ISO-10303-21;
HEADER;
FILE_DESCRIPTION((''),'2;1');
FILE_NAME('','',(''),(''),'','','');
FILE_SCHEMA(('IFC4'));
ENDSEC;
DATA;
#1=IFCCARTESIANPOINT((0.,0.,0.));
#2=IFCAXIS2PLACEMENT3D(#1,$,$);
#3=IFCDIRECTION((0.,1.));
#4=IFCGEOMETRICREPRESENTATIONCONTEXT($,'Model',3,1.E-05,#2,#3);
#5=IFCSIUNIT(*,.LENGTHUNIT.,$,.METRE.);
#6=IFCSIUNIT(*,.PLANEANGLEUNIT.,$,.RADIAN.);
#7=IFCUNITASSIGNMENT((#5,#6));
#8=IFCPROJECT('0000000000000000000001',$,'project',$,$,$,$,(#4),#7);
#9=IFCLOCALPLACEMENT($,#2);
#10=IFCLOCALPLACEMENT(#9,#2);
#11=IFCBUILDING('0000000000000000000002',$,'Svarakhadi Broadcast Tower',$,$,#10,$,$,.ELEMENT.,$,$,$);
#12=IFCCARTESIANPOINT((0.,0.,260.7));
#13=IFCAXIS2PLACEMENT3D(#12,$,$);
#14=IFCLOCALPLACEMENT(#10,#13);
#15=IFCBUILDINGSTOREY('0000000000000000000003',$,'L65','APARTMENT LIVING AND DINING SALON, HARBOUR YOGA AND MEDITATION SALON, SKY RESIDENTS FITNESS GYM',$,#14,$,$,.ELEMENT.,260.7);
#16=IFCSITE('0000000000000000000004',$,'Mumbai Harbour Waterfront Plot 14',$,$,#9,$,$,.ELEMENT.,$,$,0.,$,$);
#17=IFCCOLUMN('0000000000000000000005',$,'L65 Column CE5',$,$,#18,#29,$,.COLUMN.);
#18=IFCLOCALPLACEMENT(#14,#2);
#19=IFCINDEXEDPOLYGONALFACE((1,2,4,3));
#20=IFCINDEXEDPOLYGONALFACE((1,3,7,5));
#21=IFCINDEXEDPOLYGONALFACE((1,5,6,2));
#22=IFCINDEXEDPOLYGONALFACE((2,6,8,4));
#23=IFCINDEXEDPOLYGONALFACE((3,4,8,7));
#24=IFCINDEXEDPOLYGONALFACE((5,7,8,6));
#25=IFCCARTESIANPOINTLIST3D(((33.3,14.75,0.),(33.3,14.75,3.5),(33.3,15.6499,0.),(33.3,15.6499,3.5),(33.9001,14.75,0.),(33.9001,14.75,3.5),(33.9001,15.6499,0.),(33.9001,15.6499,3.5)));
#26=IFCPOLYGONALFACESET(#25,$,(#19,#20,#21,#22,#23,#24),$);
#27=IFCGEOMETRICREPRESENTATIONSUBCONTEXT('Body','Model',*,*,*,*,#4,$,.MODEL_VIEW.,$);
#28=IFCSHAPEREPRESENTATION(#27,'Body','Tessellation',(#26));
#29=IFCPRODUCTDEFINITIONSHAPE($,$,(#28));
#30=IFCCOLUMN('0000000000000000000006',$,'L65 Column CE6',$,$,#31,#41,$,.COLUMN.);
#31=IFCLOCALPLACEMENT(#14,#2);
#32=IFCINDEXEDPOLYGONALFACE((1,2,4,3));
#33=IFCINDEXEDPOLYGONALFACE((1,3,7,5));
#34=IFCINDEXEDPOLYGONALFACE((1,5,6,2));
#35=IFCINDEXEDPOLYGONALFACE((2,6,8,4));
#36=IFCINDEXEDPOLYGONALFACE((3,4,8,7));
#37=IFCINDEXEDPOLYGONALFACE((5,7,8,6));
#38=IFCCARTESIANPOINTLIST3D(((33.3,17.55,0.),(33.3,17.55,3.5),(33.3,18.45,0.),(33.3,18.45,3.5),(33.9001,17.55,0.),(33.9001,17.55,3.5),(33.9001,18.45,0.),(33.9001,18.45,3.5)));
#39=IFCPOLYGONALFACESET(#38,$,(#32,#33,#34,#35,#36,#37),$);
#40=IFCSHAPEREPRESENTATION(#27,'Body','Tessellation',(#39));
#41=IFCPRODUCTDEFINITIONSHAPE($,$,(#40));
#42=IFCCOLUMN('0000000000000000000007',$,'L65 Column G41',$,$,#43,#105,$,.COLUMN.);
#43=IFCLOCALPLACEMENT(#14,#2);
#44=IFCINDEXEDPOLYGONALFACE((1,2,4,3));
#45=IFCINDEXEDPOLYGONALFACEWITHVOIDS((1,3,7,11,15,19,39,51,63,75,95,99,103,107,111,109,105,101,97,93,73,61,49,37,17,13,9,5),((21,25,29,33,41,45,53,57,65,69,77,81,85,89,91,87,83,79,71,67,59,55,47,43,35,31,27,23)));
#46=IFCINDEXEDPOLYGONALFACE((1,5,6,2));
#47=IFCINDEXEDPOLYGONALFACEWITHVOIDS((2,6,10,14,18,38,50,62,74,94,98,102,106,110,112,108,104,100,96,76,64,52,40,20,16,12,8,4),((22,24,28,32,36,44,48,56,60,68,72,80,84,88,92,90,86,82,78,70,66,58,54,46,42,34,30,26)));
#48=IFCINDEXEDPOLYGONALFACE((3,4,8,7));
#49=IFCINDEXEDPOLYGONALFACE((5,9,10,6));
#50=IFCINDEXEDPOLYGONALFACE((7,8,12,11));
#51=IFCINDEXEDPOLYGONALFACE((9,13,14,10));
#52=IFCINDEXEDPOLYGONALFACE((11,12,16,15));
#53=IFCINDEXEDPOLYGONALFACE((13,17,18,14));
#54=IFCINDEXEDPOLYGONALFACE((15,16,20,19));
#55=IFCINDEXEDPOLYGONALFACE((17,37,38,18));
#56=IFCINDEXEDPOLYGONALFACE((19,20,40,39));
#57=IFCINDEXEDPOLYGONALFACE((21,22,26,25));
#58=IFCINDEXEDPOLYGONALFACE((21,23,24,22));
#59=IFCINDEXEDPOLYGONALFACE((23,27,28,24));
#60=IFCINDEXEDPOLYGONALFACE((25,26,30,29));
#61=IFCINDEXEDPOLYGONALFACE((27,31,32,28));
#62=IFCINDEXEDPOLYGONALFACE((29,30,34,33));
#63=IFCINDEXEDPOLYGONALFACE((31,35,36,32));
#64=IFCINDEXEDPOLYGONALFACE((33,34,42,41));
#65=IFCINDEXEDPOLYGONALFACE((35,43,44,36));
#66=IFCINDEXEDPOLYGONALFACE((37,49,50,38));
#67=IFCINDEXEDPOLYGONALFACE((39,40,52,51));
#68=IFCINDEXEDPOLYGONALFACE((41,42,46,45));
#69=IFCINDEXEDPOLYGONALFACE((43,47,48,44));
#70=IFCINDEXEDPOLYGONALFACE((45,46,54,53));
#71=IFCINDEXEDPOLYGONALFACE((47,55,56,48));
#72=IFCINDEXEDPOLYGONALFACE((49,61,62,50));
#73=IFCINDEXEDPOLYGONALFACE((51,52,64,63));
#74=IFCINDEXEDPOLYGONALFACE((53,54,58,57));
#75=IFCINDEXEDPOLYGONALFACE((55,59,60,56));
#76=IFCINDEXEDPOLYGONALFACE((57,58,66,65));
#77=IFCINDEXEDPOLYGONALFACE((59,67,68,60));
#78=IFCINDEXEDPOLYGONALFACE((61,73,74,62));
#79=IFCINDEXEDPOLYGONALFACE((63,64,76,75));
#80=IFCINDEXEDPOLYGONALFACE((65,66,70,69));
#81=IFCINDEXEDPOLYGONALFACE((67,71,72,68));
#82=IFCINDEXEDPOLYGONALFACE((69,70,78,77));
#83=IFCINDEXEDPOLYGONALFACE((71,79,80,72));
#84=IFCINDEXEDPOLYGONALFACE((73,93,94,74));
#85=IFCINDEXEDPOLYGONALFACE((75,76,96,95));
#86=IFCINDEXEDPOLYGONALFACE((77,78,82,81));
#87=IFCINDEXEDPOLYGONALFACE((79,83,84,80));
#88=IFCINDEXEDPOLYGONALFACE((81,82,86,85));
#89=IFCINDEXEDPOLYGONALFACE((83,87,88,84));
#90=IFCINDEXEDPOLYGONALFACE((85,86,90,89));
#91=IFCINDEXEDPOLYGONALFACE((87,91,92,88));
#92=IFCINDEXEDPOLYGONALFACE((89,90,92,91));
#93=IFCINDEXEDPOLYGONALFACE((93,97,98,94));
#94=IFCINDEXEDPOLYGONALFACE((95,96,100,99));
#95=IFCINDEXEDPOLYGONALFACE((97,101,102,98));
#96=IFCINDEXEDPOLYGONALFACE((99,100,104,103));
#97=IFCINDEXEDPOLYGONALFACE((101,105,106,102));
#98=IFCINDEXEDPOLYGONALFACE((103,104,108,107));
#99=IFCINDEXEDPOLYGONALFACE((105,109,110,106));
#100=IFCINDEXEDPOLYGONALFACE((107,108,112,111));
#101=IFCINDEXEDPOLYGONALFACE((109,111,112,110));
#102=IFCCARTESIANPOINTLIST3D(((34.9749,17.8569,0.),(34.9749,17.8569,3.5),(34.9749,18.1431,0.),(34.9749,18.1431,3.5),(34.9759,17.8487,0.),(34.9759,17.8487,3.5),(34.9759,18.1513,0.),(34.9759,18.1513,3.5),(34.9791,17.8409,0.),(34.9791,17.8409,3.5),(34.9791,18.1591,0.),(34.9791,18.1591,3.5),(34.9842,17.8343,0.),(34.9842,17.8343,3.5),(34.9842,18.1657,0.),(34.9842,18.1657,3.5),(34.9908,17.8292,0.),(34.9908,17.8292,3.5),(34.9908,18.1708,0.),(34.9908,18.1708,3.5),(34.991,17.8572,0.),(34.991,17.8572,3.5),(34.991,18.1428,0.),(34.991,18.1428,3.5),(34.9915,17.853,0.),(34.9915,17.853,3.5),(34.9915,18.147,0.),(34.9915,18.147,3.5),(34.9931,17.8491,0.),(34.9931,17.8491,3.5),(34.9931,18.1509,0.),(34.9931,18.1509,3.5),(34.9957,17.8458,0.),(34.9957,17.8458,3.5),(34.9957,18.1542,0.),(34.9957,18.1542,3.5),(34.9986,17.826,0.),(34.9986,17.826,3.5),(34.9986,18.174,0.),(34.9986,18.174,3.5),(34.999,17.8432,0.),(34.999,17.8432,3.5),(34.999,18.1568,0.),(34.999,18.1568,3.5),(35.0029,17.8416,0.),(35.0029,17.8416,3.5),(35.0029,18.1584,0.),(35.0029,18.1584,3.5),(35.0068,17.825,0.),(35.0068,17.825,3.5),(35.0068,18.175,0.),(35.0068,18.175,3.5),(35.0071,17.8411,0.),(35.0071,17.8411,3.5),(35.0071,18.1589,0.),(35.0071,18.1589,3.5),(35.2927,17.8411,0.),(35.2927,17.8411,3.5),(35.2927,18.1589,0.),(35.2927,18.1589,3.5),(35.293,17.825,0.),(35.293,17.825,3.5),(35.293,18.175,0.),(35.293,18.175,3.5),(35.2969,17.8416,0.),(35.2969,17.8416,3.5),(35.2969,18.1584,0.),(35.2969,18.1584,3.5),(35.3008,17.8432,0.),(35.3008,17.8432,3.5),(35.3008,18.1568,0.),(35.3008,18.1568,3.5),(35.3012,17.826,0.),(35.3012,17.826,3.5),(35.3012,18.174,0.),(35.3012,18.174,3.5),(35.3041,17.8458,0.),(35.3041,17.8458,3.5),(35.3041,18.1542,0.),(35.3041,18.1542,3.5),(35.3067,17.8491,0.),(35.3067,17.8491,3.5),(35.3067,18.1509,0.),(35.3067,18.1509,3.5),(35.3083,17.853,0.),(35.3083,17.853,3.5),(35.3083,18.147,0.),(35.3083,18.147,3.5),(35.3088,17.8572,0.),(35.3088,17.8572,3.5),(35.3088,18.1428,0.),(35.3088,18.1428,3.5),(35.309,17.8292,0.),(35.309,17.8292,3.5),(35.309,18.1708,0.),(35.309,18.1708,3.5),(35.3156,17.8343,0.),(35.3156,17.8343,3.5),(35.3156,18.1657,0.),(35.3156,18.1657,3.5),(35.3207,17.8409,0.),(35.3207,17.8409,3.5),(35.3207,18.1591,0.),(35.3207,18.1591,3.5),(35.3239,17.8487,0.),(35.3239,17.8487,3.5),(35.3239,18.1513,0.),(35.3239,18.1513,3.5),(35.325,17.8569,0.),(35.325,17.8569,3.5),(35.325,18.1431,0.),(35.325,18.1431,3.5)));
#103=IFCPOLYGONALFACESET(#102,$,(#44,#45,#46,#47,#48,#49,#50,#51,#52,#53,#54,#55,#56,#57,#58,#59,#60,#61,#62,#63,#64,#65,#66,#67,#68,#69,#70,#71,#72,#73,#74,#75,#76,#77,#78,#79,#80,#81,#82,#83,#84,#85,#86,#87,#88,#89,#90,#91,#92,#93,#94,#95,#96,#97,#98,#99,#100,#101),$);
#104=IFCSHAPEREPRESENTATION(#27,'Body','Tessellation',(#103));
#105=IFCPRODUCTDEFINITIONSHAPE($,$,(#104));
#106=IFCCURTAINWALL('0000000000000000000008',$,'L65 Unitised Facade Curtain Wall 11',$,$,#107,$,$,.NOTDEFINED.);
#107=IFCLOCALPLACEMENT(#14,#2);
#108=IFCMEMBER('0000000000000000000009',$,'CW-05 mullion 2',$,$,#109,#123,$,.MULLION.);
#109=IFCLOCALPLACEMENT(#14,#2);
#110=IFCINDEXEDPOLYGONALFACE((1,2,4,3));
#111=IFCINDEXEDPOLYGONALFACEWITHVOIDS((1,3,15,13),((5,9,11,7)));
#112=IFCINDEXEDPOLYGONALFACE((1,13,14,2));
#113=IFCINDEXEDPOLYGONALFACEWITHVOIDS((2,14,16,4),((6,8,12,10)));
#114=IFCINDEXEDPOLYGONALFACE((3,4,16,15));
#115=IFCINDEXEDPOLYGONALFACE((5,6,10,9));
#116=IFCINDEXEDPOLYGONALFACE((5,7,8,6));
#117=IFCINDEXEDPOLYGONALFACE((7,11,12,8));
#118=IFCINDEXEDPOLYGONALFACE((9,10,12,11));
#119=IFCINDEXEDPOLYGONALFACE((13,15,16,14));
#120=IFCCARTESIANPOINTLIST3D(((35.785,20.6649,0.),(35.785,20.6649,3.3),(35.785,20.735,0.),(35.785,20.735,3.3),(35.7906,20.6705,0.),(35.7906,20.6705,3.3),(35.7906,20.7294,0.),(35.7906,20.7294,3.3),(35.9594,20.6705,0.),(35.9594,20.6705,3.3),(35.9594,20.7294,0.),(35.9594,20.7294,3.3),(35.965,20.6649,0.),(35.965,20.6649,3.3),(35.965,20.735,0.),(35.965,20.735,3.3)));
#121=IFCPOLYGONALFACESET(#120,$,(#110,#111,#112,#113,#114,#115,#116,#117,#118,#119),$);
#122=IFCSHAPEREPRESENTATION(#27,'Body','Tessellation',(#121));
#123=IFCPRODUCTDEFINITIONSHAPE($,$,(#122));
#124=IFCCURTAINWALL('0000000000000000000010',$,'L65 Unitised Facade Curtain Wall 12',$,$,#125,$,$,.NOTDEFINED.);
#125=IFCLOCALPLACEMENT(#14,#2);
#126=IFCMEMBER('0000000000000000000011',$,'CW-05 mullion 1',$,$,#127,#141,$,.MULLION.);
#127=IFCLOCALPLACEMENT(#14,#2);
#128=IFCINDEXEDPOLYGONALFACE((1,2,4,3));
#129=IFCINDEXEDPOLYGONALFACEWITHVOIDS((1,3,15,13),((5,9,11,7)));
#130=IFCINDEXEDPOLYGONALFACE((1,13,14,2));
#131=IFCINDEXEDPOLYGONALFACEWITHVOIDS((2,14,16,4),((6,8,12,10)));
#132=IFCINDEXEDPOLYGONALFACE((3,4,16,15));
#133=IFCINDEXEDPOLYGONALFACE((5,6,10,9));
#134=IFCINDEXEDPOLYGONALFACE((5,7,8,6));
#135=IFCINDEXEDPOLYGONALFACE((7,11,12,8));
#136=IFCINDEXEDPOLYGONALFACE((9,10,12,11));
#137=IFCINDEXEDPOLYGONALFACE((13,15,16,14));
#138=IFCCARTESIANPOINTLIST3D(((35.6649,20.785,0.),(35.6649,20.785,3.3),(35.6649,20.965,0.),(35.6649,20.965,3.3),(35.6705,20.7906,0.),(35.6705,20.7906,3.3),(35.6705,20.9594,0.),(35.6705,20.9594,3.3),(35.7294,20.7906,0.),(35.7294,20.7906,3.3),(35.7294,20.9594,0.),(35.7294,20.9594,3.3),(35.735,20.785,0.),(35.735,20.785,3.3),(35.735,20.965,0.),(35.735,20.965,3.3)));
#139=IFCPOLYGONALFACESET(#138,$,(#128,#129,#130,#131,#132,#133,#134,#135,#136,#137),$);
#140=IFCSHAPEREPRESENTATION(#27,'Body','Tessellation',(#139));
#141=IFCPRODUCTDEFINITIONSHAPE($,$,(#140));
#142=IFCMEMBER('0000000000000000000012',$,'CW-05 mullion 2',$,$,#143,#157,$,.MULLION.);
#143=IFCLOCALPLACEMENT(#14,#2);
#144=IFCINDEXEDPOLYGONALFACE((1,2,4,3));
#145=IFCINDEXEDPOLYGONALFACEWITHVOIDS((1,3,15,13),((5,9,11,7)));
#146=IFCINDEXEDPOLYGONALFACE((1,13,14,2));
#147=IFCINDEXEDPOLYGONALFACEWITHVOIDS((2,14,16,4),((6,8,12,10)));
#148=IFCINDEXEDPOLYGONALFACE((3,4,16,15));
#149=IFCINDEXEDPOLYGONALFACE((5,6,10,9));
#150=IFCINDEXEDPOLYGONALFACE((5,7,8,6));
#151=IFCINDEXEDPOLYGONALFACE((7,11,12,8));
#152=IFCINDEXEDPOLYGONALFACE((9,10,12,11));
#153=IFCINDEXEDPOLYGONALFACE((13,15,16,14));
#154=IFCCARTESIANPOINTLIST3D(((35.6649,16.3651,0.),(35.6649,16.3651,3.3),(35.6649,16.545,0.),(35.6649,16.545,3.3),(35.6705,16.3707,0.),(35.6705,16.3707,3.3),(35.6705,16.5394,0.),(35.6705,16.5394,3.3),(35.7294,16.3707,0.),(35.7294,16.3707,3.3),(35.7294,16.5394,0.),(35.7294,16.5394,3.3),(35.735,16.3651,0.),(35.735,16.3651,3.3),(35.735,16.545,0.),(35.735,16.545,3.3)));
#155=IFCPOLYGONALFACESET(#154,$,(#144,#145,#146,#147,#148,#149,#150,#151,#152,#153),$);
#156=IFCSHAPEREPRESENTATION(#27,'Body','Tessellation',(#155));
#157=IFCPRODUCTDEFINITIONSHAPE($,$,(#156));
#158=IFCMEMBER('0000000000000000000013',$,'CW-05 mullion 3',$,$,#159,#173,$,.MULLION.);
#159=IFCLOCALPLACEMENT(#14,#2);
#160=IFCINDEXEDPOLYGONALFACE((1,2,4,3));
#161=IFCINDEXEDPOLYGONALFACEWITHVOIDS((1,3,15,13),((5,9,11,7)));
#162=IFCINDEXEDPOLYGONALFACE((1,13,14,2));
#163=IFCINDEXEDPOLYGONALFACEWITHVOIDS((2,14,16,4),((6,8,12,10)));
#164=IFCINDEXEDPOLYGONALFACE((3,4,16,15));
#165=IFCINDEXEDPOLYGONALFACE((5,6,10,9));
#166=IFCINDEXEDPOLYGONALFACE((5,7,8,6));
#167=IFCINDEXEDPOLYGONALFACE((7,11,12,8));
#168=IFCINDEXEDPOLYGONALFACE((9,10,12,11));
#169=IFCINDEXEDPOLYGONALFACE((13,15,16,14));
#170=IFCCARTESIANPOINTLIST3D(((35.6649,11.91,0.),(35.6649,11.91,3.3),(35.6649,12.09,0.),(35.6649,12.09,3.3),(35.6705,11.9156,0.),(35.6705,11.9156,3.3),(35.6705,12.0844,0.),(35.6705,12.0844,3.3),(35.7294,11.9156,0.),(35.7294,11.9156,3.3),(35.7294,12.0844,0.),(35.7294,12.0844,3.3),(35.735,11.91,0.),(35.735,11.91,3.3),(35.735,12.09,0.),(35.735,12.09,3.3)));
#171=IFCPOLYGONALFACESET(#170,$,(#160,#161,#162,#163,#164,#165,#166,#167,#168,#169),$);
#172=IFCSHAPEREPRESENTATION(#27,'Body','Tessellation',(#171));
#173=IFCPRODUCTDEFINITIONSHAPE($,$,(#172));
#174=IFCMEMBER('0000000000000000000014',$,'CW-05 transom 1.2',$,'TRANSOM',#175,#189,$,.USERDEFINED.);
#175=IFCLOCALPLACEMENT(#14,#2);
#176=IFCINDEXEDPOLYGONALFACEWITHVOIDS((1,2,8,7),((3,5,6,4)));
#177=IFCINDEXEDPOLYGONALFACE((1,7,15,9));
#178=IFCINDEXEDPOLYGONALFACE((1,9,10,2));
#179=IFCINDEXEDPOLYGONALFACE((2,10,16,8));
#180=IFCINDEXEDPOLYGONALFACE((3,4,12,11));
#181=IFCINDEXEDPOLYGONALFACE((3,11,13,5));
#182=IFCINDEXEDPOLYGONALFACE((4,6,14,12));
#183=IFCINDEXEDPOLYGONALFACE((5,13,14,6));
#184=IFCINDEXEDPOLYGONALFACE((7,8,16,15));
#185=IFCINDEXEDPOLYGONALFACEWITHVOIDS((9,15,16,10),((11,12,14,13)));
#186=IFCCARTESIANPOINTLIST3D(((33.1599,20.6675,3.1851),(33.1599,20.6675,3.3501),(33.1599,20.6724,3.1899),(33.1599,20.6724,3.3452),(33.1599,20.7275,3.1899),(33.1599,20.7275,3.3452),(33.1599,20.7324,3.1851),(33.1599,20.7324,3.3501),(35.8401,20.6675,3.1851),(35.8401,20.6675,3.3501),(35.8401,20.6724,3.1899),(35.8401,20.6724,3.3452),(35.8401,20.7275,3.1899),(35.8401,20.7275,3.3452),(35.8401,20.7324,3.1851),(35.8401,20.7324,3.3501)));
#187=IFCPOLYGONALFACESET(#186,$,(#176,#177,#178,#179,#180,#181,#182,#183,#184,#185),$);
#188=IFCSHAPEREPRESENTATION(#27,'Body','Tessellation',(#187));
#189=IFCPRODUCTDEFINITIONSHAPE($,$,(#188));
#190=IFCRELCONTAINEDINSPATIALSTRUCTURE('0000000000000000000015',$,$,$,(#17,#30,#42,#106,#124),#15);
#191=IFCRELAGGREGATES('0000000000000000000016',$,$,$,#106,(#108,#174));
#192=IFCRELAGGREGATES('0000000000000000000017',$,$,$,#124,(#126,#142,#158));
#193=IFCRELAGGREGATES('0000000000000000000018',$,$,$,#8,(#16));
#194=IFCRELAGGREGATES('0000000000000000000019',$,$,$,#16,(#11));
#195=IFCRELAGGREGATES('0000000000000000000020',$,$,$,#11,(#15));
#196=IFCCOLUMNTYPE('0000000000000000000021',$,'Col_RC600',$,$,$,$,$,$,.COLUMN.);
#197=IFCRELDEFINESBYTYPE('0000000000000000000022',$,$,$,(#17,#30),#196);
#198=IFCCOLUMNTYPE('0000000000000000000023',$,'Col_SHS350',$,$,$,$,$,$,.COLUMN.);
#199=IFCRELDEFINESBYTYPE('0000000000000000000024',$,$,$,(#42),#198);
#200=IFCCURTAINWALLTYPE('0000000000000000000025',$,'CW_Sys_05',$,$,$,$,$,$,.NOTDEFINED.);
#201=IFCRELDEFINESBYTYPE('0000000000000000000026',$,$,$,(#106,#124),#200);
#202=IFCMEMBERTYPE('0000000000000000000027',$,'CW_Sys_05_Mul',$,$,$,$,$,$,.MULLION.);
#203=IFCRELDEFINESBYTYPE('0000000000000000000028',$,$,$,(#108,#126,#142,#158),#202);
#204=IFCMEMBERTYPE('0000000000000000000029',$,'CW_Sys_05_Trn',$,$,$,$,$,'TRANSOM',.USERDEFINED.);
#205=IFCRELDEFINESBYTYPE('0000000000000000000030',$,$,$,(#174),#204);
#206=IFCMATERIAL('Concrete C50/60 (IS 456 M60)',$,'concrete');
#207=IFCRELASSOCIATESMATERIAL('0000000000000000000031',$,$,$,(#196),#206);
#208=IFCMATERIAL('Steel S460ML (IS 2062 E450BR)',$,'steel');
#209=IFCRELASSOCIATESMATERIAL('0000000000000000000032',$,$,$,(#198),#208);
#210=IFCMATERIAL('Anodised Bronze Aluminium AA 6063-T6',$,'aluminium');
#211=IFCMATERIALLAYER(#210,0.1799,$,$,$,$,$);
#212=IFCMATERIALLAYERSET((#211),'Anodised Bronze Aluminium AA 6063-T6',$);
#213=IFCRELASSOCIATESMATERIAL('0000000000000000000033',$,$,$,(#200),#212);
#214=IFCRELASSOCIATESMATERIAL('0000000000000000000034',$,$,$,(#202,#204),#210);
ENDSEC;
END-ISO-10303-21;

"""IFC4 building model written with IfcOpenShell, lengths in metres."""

from ifc_helpers import new_model, si_unit, direction, frame, origin, origin_2d, place, context, subcontext, project, spatial, rectangle, hollow_rectangle, extrude, material, layer, layer_set, material_profile, profile_set, type_object, element, aggregate, save


model = new_model("IFC4")

# Units and contexts
model_context = context("Model", 3, precision=1e-05, world=origin(), true_north=direction((0.0, 1.0)))
body_context = subcontext(model_context, "Body", "Model", "MODEL_VIEW")
ifc_project = project(units=[si_unit("LENGTHUNIT", "METRE"), si_unit("PLANEANGLEUNIT", "RADIAN")], contexts=[model_context])

# Site, building, storey
site_placement = place(None, origin())
site = spatial("IfcSite", under=ifc_project, at=site_placement, Name="Mumbai Harbour Waterfront Plot 14", CompositionType="ELEMENT", RefElevation=0.0)
building_placement = place(site_placement, origin())
building = spatial("IfcBuilding", under=site, at=building_placement, Name="Svarakhadi Broadcast Tower", CompositionType="ELEMENT")
storey_placement = place(building_placement, frame((0.0, 0.0, 260.7)))
storey = spatial("IfcBuildingStorey", under=building, at=storey_placement, Name="L65", Description="APARTMENT LIVING AND DINING SALON, HARBOUR YOGA AND MEDITATION SALON, SKY RESIDENTS FITNESS GYM", CompositionType="ELEMENT", Elevation=260.7)

# Columns
ifc_material_1 = material(Name="Concrete C50/60 (IS 456 M60)", Category="concrete")
ifc_material_profile_1 = material_profile(ifc_material_1, rectangle(XDim=0.6001, YDim=0.8999, at=origin_2d()), Name="RC 600x900")
ifc_profile_set_1 = profile_set([ifc_material_profile_1], Name="Concrete C50/60 (IS 456 M60)")
column_type_1 = type_object("IfcColumnType", Name="Col_RC600", PredefinedType="COLUMN", material=ifc_profile_set_1)
for number, where, z_axis, x_axis, name in (
    (1, (33.6001, 15.2, 0.0), (0.0, 0.0, 1.0), (1.0, 0.0, 0.0), "L65 Column CE5"),
    (2, (33.6001, 18.0, 0.0), (0.0, 0.0, 1.0), (1.0, 0.0, 0.0), "L65 Column CE6"),
):
    element("IfcColumn", number, at=place(storey_placement, frame(where, z_axis=z_axis, x_axis=x_axis)), inside=storey, type_object=column_type_1, Name=name, PredefinedType="COLUMN", context=body_context, shape_type="SweptSolid", body=[
        extrude(rectangle(XDim=0.6001, YDim=0.8999, at=origin_2d()), origin(), (0.0, 0.0, 1.0), 3.5),
    ])
ifc_material_2 = material(Name="Steel S460ML (IS 2062 E450BR)", Category="steel")
ifc_material_profile_2 = material_profile(ifc_material_2, hollow_rectangle(XDim=0.3501, YDim=0.3501, WallThickness=0.0161, InnerFilletRadius=0.0161, OuterFilletRadius=0.032, at=origin_2d()), Name="SHS 350x350x16")
ifc_profile_set_2 = profile_set([ifc_material_profile_2], Name="Steel S460ML (IS 2062 E450BR)")
column_type_2 = type_object("IfcColumnType", Name="Col_SHS350", PredefinedType="COLUMN", material=ifc_profile_set_2)
column_placement = place(storey_placement, frame((35.1499, 18.0, 0.0), z_axis=(0.0, 0.0, 1.0), x_axis=(1.0, 0.0, 0.0)))
element("IfcColumn", 3, at=column_placement, inside=storey, type_object=column_type_2, Name="L65 Column G41", PredefinedType="COLUMN", context=body_context, shape_type="SweptSolid", body=[
    extrude(hollow_rectangle(XDim=0.3501, YDim=0.3501, WallThickness=0.0161, InnerFilletRadius=0.0161, OuterFilletRadius=0.032, at=origin_2d()), origin(), (0.0, 0.0, 1.0), 3.5),
])

# Curtain wall, member
ifc_material_3 = material(Name="Anodised Bronze Aluminium AA 6063-T6", Category="aluminium")
ifc_layer_1 = layer(ifc_material_3, 0.1799)
ifc_layer_set_1 = layer_set([ifc_layer_1], Name="Anodised Bronze Aluminium AA 6063-T6")
curtain_wall_type = type_object("IfcCurtainWallType", Name="CW_Sys_05", PredefinedType="NOTDEFINED", material=ifc_layer_set_1)
curtain_wall_1_placement = place(storey_placement, origin())
curtain_wall_1 = element("IfcCurtainWall", 4, at=curtain_wall_1_placement, inside=storey, type_object=curtain_wall_type, Name="L65 Unitised Facade Curtain Wall 11", PredefinedType="NOTDEFINED")
ifc_material_profile_3 = material_profile(ifc_material_3, hollow_rectangle(XDim=0.0701, YDim=0.1799, WallThickness=0.0056, at=origin_2d()), Name="ALU MULLION 180x70x6")
ifc_profile_set_3 = profile_set([ifc_material_profile_3], Name="Anodised Bronze Aluminium AA 6063-T6")
member_type_1 = type_object("IfcMemberType", Name="CW_Sys_05_Mul", PredefinedType="MULLION", material=ifc_profile_set_3)
member_1_placement = place(storey_placement, frame((35.875, 20.7, 0.0), z_axis=(0.0, 0.0, 1.0), x_axis=(0.0, 1.0, 0.0)))
member_1 = element("IfcMember", 5, at=member_1_placement, type_object=member_type_1, Name="CW-05 mullion 2", PredefinedType="MULLION", context=body_context, shape_type="SweptSolid", body=[
    extrude(hollow_rectangle(XDim=0.0701, YDim=0.1799, WallThickness=0.0056, at=origin_2d()), origin(), (0.0, 0.0, 1.0), 3.3),
])

# Curtain wall, members
curtain_wall_2_placement = place(storey_placement, origin())
curtain_wall_2 = element("IfcCurtainWall", 6, at=curtain_wall_2_placement, inside=storey, type_object=curtain_wall_type, Name="L65 Unitised Facade Curtain Wall 12", PredefinedType="NOTDEFINED")
member_2_placement = place(storey_placement, frame((35.7, 20.875, 0.0), z_axis=(0.0, 0.0, 1.0), x_axis=(1.0, 0.0, 0.0)))
member_2 = element("IfcMember", 7, at=member_2_placement, type_object=member_type_1, Name="CW-05 mullion 1", PredefinedType="MULLION", context=body_context, shape_type="SweptSolid", body=[
    extrude(hollow_rectangle(XDim=0.0701, YDim=0.1799, WallThickness=0.0056, at=origin_2d()), origin(), (0.0, 0.0, 1.0), 3.3),
])
member_3_placement = place(storey_placement, frame((35.7, 16.4551, 0.0), z_axis=(0.0, 0.0, 1.0), x_axis=(1.0, 0.0, 0.0)))
member_3 = element("IfcMember", 8, at=member_3_placement, type_object=member_type_1, Name="CW-05 mullion 2", PredefinedType="MULLION", context=body_context, shape_type="SweptSolid", body=[
    extrude(hollow_rectangle(XDim=0.0701, YDim=0.1799, WallThickness=0.0056, at=origin_2d()), origin(), (0.0, 0.0, 1.0), 3.3),
])
member_4_placement = place(storey_placement, frame((35.7, 12.0, 0.0), z_axis=(0.0, 0.0, 1.0), x_axis=(1.0, 0.0, 0.0)))
member_4 = element("IfcMember", 9, at=member_4_placement, type_object=member_type_1, Name="CW-05 mullion 3", PredefinedType="MULLION", context=body_context, shape_type="SweptSolid", body=[
    extrude(hollow_rectangle(XDim=0.0701, YDim=0.1799, WallThickness=0.0056, at=origin_2d()), origin(), (0.0, 0.0, 1.0), 3.3),
])

# Member
ifc_material_profile_4 = material_profile(ifc_material_3, hollow_rectangle(XDim=0.0649, YDim=0.165, WallThickness=0.0049, at=origin_2d()), Name="ALU TRANSOM 165x65x5")
ifc_profile_set_4 = profile_set([ifc_material_profile_4], Name="Anodised Bronze Aluminium AA 6063-T6")
member_type_2 = type_object("IfcMemberType", Name="CW_Sys_05_Trn", ElementType="TRANSOM", PredefinedType="USERDEFINED", material=ifc_profile_set_4)
member_5_placement = place(storey_placement, frame((33.1599, 20.7, 3.2676), z_axis=(1.0, 0.0, 0.0), x_axis=(0.0, 1.0, 0.0)))
member_5 = element("IfcMember", 10, at=member_5_placement, type_object=member_type_2, Name="CW-05 transom 1.2", ObjectType="TRANSOM", PredefinedType="USERDEFINED", context=body_context, shape_type="SweptSolid", body=[
    extrude(hollow_rectangle(XDim=0.0649, YDim=0.165, WallThickness=0.0049, at=origin_2d()), origin(), (0.0, 0.0, 1.0), 2.6802),
])

aggregate(curtain_wall_1, [member_1, member_5])
aggregate(curtain_wall_2, [member_2, member_3, member_4])

save(model, "model.ifc")
